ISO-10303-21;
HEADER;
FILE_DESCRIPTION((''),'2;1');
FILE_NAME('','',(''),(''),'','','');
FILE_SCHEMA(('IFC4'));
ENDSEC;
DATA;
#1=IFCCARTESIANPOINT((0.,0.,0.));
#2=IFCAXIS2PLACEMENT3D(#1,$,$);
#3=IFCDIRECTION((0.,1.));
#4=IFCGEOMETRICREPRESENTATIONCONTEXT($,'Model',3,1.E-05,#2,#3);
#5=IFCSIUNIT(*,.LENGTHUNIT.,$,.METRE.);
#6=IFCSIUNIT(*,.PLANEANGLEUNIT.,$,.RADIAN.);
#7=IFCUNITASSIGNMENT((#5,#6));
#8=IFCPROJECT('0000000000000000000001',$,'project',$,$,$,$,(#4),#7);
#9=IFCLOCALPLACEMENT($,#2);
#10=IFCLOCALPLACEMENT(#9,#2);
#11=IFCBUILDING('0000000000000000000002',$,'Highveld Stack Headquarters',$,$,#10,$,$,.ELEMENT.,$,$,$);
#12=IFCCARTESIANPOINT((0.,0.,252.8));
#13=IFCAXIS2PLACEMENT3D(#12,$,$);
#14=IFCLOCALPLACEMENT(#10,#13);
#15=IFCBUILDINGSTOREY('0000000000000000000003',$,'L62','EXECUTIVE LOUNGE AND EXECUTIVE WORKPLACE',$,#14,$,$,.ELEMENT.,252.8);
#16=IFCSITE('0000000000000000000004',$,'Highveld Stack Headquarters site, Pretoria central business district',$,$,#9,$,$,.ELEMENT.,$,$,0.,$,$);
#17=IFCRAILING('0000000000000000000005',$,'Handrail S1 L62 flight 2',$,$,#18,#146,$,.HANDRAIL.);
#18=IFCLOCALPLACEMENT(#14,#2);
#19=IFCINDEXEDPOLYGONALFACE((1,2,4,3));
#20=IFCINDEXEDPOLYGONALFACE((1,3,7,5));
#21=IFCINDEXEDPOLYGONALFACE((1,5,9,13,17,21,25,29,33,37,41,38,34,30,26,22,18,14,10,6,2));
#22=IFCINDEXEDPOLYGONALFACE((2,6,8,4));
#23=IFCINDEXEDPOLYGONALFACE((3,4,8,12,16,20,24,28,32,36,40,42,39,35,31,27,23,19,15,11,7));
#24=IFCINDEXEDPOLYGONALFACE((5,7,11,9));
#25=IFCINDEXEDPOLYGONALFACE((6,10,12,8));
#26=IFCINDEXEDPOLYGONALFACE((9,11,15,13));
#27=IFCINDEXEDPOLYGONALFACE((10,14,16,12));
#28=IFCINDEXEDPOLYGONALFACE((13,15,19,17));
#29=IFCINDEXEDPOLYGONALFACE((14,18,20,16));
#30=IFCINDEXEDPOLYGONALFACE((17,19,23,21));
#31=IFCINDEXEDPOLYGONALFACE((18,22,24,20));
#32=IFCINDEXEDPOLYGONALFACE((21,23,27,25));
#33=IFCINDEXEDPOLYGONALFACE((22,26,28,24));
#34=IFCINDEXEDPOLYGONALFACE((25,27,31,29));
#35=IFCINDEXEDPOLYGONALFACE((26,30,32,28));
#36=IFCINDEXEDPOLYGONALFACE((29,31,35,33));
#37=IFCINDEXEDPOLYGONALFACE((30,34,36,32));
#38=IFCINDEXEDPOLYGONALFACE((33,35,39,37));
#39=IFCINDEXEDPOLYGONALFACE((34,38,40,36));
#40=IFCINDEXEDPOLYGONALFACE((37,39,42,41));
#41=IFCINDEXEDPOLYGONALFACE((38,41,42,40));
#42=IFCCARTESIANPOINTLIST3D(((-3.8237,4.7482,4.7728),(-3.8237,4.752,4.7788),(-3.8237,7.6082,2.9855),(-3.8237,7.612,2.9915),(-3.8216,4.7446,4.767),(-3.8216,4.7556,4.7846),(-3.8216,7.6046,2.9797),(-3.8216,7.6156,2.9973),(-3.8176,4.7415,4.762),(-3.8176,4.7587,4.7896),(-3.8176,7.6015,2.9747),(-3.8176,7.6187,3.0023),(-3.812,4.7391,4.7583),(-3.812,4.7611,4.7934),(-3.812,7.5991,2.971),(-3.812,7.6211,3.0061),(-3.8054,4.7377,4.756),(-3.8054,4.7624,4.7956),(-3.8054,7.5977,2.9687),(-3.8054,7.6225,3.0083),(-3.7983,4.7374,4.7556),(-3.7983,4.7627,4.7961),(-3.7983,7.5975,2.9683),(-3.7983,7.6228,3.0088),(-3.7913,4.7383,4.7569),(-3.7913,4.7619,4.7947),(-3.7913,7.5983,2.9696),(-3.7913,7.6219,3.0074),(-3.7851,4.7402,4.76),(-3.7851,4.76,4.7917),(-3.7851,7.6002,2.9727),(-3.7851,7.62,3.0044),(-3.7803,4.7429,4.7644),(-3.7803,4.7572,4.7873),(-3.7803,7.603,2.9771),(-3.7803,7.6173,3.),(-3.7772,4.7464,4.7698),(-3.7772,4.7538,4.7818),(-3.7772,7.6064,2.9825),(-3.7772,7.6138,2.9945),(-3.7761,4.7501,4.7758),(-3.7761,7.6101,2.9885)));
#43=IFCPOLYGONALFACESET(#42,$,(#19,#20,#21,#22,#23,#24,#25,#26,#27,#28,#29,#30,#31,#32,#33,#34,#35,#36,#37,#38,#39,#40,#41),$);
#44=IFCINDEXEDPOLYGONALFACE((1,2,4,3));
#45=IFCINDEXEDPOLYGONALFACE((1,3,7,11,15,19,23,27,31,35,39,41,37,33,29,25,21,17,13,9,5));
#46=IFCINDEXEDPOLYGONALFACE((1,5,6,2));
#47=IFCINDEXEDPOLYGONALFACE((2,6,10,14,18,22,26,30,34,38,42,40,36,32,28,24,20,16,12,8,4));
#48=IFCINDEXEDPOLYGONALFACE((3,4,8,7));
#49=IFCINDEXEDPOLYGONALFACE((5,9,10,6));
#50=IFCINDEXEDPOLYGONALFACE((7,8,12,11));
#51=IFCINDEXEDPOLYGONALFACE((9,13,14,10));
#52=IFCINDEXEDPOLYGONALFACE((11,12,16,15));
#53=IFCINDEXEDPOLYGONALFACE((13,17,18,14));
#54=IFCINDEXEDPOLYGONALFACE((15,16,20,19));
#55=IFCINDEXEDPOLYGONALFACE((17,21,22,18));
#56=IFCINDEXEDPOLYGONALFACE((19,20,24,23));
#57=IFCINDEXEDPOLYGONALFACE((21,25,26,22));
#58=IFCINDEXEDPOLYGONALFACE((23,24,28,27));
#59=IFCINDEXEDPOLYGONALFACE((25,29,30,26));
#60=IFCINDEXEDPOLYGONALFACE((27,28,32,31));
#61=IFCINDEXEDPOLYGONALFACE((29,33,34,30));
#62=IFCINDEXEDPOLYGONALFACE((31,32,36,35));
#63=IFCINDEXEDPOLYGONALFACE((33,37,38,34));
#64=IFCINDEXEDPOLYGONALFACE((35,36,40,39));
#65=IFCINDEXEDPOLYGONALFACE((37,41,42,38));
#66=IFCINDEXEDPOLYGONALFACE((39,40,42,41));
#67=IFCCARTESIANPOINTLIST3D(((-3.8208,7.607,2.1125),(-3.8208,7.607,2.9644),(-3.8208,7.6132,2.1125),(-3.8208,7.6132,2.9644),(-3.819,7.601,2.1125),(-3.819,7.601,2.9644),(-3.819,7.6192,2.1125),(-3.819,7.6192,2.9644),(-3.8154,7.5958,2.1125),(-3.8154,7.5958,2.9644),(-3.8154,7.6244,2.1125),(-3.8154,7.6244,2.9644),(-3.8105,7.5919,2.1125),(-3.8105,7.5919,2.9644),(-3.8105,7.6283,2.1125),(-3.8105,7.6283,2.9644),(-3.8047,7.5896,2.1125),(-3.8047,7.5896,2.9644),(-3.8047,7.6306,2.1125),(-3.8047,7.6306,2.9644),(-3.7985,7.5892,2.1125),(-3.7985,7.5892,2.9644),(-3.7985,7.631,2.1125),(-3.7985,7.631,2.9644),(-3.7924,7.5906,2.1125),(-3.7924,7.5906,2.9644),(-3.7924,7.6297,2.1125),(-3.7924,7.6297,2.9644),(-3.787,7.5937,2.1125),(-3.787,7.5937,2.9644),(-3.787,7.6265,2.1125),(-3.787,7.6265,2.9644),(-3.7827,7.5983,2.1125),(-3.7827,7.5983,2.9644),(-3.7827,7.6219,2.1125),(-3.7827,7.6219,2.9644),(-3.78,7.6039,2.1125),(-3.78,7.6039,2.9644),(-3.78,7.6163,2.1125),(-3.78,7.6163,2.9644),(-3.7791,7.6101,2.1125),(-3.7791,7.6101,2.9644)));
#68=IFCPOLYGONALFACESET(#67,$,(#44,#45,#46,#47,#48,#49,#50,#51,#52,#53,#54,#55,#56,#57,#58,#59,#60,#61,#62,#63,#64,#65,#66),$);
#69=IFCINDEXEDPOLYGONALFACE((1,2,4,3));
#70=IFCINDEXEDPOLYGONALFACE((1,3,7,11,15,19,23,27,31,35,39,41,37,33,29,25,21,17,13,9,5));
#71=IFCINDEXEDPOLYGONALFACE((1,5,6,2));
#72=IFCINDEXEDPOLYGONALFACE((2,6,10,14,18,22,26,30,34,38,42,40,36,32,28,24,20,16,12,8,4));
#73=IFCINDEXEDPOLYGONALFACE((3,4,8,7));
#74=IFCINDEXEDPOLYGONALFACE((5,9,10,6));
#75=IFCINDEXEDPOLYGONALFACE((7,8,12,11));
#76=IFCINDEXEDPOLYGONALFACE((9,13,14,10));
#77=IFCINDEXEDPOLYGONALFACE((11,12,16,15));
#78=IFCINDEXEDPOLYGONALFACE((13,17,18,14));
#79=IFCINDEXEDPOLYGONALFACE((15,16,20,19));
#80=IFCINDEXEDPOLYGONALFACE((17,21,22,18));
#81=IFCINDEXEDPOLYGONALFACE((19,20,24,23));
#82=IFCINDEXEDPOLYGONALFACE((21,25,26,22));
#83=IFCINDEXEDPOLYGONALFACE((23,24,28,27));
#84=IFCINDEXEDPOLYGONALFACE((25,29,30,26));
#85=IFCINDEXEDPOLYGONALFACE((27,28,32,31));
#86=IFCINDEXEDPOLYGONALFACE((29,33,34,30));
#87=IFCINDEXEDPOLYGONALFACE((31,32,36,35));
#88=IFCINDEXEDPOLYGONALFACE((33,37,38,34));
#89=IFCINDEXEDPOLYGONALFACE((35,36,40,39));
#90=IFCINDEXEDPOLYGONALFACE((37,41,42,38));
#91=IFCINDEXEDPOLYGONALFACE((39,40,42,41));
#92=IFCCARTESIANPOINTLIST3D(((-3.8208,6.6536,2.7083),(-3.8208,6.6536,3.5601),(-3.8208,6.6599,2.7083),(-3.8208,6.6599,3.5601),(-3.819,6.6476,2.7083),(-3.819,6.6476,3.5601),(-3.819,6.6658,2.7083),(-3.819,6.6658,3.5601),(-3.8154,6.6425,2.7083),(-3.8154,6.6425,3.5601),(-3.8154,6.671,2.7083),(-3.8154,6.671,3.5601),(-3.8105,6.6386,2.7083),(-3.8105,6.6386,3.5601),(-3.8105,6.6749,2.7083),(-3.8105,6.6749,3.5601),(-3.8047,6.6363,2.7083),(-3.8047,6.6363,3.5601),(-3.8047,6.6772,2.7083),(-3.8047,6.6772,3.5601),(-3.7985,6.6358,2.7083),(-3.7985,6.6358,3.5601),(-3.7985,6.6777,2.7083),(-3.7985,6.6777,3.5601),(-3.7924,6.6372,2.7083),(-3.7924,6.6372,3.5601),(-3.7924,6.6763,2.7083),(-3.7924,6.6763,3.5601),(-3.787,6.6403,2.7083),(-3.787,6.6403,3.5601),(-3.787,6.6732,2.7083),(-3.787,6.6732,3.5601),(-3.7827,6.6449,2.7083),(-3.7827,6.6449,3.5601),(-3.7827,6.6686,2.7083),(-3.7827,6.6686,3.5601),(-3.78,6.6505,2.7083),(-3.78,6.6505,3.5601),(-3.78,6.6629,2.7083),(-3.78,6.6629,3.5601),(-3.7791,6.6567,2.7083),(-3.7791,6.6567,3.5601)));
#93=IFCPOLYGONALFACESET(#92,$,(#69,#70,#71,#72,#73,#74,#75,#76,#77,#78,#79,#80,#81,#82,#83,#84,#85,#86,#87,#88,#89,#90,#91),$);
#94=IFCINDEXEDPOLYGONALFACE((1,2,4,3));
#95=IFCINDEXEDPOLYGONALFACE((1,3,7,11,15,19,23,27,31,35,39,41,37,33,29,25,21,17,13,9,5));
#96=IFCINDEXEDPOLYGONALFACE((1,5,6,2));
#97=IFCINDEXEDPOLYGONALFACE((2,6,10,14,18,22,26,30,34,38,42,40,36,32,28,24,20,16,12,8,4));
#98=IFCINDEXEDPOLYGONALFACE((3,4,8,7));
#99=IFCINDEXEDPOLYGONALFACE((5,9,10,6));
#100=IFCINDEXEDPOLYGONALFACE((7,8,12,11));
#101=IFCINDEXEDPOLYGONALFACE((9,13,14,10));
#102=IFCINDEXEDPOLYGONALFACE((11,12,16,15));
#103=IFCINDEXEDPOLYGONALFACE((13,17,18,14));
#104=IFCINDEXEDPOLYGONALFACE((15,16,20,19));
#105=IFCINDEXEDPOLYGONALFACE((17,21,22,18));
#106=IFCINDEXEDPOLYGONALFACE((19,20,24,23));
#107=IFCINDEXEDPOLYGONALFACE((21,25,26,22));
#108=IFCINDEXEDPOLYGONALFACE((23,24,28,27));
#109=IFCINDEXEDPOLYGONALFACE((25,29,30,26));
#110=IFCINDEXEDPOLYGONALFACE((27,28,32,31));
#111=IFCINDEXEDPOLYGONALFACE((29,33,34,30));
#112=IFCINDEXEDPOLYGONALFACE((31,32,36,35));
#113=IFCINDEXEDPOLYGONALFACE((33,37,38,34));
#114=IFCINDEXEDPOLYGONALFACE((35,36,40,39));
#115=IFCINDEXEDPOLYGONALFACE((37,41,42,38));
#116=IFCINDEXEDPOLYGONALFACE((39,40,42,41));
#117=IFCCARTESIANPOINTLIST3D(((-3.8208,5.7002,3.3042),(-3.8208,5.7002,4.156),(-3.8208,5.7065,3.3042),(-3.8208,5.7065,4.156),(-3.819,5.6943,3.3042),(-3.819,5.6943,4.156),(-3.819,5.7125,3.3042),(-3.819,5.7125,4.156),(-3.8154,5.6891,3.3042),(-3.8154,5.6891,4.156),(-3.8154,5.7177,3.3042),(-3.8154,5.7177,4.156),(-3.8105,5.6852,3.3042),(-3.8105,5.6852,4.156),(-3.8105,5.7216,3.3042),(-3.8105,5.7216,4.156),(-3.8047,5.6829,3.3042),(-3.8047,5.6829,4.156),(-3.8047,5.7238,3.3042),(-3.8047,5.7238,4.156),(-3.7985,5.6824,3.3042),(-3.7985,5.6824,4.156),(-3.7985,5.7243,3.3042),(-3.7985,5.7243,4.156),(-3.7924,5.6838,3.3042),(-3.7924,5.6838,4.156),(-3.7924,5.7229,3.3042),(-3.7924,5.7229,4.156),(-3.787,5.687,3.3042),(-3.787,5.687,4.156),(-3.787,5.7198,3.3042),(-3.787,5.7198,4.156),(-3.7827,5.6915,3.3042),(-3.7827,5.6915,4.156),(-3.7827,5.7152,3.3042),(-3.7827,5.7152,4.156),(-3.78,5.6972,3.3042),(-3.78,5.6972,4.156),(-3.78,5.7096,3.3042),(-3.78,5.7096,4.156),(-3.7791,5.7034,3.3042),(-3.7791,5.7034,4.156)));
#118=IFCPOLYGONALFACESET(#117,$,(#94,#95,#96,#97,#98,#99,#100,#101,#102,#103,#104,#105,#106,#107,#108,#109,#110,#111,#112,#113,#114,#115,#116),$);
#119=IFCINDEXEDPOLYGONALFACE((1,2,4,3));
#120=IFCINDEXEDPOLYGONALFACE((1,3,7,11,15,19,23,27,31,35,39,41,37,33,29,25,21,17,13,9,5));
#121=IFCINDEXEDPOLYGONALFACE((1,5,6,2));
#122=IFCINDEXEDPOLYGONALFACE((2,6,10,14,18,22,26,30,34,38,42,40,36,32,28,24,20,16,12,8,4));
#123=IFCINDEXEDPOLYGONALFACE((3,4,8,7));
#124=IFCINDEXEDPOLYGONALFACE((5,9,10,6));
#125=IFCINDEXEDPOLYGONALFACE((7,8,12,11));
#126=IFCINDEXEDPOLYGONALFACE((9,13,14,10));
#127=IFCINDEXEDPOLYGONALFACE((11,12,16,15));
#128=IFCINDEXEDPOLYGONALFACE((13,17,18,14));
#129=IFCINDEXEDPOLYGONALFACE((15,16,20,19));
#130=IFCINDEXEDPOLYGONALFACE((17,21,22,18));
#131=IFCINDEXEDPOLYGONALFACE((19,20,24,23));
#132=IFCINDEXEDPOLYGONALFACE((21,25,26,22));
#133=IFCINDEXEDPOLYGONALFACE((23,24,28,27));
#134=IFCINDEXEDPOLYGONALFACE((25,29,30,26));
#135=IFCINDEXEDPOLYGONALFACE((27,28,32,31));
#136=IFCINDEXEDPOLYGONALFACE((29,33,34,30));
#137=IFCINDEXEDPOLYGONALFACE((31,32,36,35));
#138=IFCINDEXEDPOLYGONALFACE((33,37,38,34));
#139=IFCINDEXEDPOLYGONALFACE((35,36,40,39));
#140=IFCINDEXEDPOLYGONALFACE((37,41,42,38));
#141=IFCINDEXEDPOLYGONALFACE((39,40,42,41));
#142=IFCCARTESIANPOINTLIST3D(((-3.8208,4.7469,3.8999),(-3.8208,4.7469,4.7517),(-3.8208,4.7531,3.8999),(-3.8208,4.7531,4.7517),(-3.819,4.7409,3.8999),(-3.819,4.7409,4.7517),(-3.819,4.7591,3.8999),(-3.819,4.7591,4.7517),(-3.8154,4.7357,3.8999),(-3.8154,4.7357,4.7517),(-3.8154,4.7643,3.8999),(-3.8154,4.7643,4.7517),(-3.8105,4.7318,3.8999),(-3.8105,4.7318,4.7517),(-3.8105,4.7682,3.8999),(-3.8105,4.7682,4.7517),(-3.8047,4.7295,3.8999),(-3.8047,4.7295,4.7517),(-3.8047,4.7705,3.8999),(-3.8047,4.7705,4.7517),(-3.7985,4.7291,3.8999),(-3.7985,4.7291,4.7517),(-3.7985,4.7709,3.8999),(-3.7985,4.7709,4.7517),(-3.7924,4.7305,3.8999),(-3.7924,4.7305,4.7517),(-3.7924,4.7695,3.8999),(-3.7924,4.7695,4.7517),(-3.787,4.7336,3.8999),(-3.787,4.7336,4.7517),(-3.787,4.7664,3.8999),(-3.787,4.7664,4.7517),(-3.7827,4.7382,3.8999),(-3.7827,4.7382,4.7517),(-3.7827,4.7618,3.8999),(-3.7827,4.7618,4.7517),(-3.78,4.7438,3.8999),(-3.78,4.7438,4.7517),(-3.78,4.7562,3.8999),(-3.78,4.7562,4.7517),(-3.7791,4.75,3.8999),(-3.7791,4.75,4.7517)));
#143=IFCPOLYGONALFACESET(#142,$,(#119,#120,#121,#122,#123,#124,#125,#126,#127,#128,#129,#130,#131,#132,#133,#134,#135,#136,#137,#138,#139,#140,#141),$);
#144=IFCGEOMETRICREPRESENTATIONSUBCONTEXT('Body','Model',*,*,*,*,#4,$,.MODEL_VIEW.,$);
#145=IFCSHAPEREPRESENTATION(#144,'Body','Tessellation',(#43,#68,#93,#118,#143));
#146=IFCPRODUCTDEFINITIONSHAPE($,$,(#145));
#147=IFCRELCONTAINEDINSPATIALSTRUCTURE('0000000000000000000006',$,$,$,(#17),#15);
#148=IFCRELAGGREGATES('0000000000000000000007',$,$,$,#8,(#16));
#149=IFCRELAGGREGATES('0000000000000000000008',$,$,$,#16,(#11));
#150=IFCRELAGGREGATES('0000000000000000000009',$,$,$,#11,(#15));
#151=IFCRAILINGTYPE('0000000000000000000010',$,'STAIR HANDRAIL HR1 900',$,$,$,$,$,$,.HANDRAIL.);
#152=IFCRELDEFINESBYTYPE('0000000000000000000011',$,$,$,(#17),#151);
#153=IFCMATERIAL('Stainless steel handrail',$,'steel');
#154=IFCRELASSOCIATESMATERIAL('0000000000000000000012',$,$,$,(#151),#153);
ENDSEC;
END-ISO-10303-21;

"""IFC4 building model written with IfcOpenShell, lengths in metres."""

from ifc_helpers import new_model, si_unit, direction, frame, origin, origin_2d, place, context, subcontext, project, spatial, circle, extrude, material, type_object, element, save


model = new_model("IFC4")

# Units and contexts
model_context = context("Model", 3, precision=1e-05, world=origin(), true_north=direction((0.0, 1.0)))
body_context = subcontext(model_context, "Body", "Model", "MODEL_VIEW")
ifc_project = project(units=[si_unit("LENGTHUNIT", "METRE"), si_unit("PLANEANGLEUNIT", "RADIAN")], contexts=[model_context])

# Site, building, storey
site_placement = place(None, origin())
site = spatial("IfcSite", under=ifc_project, at=site_placement, Name="Highveld Stack Headquarters site, Pretoria central business district", CompositionType="ELEMENT", RefElevation=0.0)
building_placement = place(site_placement, origin())
building = spatial("IfcBuilding", under=site, at=building_placement, Name="Highveld Stack Headquarters", CompositionType="ELEMENT")
storey_placement = place(building_placement, frame((0.0, 0.0, 252.8)))
storey = spatial("IfcBuildingStorey", under=building, at=storey_placement, Name="L62", Description="EXECUTIVE LOUNGE AND EXECUTIVE WORKPLACE", CompositionType="ELEMENT", Elevation=252.8)

# Railing
ifc_material_1 = material(Name="Stainless steel handrail", Category="steel")
railing_type = type_object("IfcRailingType", Name="STAIR HANDRAIL HR1 900", PredefinedType="HANDRAIL", material=ifc_material_1)
for number, where, name in (
    (1, (-3.8, 7.6101, 2.1125), "Handrail S1 L62 flight 2"),
):
    element("IfcRailing", number, at=place(storey_placement, frame(where)), inside=storey, type_object=railing_type, Name=name, PredefinedType="HANDRAIL", context=body_context, shape_type="SweptSolid", body=[
        extrude(circle(Radius=0.0239, at=origin_2d()), frame((0.0, 0.0, 0.876), z_axis=(0.0, -0.848027, 0.529953), x_axis=(1.0, 0.0, 0.0)), (0.0, 0.0, 1.0), 3.3726),
        extrude(circle(Radius=0.021, at=origin_2d()), origin(), (0.0, 0.0, 1.0), 0.8518),
        extrude(circle(Radius=0.021, at=origin_2d()), frame((0.0, -0.9534, 0.5957)), (0.0, 0.0, 1.0), 0.8518),
        extrude(circle(Radius=0.021, at=origin_2d()), frame((0.0, -1.9067, 1.1917)), (0.0, 0.0, 1.0), 0.8518),
        extrude(circle(Radius=0.021, at=origin_2d()), frame((0.0, -2.8601, 1.7874)), (0.0, 0.0, 1.0), 0.8518),
    ])

save(model, "model.ifc")
